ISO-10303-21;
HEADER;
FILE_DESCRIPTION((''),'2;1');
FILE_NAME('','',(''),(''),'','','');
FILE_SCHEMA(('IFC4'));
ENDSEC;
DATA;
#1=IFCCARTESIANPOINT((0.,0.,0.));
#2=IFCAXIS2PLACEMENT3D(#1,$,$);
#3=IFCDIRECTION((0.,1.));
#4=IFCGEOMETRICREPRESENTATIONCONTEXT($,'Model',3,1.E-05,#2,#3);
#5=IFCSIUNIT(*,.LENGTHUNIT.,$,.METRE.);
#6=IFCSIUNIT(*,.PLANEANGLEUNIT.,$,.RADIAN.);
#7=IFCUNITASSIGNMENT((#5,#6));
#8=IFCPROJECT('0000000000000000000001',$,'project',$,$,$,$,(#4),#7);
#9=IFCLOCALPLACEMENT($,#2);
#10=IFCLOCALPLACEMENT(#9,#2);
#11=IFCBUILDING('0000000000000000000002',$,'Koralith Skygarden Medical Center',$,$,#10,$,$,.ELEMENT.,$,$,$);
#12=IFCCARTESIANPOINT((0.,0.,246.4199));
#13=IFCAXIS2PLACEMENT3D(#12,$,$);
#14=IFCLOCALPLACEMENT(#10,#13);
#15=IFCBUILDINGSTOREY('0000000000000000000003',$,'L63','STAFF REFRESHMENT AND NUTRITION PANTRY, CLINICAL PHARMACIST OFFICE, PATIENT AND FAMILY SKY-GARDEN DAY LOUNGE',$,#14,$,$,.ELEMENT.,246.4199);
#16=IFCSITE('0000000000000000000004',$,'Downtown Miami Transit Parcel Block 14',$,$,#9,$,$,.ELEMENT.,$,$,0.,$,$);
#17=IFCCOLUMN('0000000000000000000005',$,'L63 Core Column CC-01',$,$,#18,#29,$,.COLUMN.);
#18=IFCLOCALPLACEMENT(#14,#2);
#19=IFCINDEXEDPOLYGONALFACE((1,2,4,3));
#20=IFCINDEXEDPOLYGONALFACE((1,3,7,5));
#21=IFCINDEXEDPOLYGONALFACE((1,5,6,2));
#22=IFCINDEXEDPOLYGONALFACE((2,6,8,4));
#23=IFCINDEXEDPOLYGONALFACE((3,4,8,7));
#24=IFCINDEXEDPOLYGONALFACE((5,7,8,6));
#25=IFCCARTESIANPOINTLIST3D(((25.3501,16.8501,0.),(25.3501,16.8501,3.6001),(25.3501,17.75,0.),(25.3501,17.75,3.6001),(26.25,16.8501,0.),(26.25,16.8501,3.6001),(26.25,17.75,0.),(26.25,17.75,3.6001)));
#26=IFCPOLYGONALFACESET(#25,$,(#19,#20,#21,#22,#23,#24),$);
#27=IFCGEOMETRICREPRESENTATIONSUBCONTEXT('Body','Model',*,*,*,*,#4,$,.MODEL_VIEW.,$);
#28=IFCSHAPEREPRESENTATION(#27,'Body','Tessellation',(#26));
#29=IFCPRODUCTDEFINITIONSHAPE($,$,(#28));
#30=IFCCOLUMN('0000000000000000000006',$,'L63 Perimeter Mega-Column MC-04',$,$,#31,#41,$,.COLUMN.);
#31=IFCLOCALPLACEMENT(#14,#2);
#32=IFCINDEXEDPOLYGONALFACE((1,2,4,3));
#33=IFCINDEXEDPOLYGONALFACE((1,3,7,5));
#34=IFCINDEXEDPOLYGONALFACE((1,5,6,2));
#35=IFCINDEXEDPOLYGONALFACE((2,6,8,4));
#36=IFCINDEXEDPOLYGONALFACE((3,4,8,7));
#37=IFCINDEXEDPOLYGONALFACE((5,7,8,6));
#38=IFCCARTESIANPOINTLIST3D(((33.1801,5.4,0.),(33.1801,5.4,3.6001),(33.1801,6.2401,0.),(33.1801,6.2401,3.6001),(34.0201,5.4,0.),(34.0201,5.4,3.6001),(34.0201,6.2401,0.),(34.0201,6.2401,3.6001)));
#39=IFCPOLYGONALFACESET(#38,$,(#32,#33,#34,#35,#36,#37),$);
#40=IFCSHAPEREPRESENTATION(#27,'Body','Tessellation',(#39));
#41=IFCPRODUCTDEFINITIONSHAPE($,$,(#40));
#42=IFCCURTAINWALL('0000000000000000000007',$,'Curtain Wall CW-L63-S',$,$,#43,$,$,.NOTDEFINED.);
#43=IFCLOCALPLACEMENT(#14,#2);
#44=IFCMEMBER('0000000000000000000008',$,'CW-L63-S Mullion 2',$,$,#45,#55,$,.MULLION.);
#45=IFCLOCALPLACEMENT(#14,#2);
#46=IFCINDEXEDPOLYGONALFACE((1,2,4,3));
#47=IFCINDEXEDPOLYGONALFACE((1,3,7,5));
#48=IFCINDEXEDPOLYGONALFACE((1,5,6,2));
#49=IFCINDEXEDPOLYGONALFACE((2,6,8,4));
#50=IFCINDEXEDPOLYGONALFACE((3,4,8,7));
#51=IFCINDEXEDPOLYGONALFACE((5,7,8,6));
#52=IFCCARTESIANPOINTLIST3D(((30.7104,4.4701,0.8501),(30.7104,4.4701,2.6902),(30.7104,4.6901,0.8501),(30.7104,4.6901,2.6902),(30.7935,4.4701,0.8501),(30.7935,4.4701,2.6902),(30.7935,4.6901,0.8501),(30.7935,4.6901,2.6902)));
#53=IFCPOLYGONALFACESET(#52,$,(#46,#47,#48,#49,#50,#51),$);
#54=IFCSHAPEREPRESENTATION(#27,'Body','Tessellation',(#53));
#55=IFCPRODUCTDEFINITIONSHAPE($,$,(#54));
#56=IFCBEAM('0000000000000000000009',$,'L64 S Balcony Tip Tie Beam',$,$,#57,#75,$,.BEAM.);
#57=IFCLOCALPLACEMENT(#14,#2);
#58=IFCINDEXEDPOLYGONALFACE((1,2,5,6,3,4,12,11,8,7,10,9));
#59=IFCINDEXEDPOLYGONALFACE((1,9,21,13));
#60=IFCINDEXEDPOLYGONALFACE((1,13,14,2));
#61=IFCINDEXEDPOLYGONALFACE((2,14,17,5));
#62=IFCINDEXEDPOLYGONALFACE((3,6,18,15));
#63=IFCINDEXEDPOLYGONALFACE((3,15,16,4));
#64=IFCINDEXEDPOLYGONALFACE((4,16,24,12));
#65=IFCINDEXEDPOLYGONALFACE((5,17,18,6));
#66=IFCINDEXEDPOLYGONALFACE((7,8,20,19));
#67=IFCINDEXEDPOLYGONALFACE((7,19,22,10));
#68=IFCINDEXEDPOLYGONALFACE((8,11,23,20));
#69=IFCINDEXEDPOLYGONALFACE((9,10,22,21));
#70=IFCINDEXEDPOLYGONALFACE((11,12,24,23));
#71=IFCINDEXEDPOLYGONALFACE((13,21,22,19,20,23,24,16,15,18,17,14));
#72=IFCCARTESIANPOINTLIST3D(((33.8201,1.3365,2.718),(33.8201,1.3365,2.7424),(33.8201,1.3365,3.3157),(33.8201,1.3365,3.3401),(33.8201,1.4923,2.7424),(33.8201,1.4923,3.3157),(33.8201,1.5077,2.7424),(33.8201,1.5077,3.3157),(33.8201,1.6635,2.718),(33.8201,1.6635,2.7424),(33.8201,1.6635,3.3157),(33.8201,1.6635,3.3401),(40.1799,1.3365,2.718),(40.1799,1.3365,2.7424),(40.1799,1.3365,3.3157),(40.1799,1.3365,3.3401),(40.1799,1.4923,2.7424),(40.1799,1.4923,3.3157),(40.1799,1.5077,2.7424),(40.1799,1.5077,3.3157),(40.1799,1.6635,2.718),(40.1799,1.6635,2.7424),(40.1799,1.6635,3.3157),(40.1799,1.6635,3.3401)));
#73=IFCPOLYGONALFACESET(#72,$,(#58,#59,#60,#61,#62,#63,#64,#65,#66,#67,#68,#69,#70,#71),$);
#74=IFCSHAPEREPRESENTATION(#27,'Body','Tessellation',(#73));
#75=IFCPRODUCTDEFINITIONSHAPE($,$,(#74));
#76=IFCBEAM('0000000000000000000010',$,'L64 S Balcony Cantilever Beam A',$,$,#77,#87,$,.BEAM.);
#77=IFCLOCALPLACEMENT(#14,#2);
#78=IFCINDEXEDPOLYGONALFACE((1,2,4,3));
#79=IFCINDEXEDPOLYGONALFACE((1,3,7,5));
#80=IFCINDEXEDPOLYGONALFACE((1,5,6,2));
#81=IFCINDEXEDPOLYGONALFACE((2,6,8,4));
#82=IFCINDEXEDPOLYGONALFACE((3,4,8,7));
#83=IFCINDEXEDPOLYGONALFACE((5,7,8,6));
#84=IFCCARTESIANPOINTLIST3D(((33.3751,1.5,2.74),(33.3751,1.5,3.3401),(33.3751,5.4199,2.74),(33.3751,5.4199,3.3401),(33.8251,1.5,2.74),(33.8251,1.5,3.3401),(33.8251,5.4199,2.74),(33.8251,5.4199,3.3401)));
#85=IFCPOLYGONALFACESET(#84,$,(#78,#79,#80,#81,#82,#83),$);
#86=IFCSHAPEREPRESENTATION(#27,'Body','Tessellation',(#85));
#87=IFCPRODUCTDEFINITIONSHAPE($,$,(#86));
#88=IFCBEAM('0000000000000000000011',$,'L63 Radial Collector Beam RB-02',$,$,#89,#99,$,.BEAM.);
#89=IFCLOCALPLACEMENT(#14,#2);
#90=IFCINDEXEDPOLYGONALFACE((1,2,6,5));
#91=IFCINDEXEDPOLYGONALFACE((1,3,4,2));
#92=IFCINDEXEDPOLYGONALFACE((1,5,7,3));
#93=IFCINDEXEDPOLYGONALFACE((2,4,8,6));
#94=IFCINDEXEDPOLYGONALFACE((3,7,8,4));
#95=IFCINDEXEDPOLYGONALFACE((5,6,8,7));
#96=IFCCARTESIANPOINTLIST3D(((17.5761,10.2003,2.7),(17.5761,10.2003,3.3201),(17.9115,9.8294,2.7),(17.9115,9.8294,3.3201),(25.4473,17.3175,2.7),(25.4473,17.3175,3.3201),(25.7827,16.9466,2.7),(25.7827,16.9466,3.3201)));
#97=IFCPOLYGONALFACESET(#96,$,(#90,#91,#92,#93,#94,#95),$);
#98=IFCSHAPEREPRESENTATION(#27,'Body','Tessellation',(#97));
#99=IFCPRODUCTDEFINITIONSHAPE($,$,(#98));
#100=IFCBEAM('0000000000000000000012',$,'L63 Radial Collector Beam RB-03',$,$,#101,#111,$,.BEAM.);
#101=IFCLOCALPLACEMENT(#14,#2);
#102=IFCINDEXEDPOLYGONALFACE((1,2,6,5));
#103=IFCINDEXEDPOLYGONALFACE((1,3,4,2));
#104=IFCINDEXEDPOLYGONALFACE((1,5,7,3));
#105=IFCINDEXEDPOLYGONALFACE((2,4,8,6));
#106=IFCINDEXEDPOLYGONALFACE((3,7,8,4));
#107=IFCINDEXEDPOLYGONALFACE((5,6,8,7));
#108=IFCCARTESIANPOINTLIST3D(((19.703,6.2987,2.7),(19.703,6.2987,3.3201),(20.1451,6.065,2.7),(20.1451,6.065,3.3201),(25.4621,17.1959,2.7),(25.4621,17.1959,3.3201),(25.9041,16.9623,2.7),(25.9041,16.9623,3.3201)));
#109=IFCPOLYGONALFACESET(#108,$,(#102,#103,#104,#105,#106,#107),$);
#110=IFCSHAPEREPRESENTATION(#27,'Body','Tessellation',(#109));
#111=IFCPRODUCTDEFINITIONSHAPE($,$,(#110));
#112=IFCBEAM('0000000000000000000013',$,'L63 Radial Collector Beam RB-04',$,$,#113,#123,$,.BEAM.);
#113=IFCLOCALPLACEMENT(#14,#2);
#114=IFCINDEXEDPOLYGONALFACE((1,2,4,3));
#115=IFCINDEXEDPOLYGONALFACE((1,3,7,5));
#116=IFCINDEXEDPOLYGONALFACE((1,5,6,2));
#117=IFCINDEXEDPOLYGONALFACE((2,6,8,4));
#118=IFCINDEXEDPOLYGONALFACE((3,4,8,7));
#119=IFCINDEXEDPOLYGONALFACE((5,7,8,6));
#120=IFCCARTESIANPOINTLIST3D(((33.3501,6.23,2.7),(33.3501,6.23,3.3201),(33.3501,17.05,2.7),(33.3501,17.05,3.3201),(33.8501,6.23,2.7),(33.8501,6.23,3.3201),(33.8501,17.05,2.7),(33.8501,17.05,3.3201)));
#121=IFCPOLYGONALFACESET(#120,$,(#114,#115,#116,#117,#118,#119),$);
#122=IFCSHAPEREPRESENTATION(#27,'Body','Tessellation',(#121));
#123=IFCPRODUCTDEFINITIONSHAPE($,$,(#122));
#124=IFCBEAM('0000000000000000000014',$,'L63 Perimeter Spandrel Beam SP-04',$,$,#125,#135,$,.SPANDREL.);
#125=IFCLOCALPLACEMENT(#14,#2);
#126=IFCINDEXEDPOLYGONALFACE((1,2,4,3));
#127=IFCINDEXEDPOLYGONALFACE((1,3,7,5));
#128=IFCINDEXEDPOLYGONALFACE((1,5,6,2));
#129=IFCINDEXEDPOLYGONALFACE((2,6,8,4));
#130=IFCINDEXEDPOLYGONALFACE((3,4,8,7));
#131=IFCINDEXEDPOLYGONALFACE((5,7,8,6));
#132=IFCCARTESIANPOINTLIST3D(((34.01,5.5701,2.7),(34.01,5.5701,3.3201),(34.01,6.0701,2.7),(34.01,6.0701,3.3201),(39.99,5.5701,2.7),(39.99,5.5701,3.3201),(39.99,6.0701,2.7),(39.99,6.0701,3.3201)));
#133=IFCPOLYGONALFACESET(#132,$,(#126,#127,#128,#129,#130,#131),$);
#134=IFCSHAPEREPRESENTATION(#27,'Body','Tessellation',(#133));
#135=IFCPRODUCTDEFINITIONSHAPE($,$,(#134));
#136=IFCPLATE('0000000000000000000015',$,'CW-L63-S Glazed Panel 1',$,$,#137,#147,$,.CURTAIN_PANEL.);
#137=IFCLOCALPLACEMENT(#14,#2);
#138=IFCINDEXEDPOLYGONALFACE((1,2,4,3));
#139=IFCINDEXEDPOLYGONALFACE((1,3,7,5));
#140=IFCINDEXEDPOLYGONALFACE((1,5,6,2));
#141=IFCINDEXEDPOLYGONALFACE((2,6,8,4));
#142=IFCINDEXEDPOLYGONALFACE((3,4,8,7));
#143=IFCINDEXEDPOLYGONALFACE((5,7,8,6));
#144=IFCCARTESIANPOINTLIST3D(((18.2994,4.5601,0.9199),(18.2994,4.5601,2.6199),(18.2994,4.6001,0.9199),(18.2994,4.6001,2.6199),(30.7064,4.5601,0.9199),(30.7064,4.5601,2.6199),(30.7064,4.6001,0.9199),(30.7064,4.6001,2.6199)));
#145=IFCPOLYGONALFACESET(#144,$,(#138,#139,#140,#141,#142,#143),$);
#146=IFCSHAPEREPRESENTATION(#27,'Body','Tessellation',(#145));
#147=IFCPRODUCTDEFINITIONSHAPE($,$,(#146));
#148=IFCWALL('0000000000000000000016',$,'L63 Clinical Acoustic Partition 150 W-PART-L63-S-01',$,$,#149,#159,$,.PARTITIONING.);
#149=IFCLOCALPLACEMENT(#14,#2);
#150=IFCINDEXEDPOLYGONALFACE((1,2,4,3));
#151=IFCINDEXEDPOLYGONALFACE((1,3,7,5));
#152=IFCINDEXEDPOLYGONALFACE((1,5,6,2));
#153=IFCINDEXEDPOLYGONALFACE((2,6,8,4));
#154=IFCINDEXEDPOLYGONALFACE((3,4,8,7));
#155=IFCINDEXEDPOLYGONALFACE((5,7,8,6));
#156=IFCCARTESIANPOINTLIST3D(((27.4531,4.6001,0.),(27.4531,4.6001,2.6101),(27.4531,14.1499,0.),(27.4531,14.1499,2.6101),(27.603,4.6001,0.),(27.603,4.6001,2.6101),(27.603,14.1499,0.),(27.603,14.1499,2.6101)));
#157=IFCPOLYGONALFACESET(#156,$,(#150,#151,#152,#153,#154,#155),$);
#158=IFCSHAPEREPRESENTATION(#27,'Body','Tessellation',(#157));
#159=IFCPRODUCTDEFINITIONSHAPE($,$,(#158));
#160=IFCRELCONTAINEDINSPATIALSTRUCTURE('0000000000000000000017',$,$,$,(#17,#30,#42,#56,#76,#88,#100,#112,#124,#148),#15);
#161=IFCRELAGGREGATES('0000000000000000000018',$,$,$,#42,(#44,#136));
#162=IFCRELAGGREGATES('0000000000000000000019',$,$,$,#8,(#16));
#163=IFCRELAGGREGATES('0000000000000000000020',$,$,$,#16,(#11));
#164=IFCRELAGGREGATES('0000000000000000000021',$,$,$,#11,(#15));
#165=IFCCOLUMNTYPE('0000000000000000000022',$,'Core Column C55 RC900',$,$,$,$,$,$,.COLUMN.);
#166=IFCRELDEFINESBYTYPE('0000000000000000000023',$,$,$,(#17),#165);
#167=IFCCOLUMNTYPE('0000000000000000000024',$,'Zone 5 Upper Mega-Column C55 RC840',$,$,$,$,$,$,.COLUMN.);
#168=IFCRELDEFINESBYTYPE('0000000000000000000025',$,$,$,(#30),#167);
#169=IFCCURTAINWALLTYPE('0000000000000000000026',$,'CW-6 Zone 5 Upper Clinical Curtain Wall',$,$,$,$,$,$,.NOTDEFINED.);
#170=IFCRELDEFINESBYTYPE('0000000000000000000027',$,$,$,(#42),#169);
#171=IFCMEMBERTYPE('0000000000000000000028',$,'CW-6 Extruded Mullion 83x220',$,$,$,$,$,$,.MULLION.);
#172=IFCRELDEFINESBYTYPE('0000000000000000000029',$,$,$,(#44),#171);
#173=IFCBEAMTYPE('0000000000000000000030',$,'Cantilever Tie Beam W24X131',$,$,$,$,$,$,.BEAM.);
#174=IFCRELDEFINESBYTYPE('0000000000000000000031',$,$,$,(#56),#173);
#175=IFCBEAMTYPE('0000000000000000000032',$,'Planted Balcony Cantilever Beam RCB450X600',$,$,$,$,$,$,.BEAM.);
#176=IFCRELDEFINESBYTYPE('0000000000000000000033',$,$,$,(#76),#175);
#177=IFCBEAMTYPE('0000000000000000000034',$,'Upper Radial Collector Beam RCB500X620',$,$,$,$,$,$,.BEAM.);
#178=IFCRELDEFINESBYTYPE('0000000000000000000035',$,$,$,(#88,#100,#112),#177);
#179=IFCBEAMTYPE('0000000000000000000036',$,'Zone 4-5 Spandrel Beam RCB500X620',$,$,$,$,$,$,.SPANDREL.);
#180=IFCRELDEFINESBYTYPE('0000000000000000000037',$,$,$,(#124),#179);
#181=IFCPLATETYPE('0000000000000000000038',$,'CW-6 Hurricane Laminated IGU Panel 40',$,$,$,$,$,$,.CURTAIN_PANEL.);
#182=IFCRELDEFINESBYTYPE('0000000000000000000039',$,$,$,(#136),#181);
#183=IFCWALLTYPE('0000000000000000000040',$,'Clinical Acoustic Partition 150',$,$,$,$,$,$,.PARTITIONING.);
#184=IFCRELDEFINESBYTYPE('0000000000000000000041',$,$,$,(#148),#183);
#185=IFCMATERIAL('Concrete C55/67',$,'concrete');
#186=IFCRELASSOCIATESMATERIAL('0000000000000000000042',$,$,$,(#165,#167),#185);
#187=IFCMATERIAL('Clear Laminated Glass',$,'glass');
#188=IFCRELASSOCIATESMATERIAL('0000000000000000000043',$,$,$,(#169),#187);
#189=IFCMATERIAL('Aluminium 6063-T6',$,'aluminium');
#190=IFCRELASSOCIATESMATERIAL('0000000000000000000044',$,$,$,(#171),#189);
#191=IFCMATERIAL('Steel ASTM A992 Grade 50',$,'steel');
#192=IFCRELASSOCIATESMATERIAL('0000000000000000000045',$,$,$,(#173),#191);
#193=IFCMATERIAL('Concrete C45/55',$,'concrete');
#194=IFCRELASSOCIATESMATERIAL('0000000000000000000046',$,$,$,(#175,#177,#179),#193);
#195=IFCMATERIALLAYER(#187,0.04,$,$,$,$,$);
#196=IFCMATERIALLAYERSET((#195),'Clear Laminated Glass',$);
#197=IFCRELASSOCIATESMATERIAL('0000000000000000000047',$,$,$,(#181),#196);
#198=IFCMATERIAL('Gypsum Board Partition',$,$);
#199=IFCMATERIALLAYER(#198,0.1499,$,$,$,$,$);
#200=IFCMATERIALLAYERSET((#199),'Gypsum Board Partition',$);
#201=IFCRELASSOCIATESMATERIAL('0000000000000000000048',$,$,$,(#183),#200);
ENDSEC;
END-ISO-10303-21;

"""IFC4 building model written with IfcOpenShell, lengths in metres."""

from ifc_helpers import new_model, si_unit, direction, frame, frame_2d, origin, origin_2d, place, context, subcontext, project, spatial, rectangle, i_section, extrude, material, layer, layer_set, material_profile, profile_set, type_object, element, aggregate, save


model = new_model("IFC4")

# Units and contexts
model_context = context("Model", 3, precision=1e-05, world=origin(), true_north=direction((0.0, 1.0)))
body_context = subcontext(model_context, "Body", "Model", "MODEL_VIEW")
ifc_project = project(units=[si_unit("LENGTHUNIT", "METRE"), si_unit("PLANEANGLEUNIT", "RADIAN")], contexts=[model_context])

# Site, building, storey
site_placement = place(None, origin())
site = spatial("IfcSite", under=ifc_project, at=site_placement, Name="Downtown Miami Transit Parcel Block 14", CompositionType="ELEMENT", RefElevation=0.0)
building_placement = place(site_placement, origin())
building = spatial("IfcBuilding", under=site, at=building_placement, Name="Koralith Skygarden Medical Center", CompositionType="ELEMENT")
storey_placement = place(building_placement, frame((0.0, 0.0, 246.4199)))
storey = spatial("IfcBuildingStorey", under=building, at=storey_placement, Name="L63", Description="STAFF REFRESHMENT AND NUTRITION PANTRY, CLINICAL PHARMACIST OFFICE, PATIENT AND FAMILY SKY-GARDEN DAY LOUNGE", CompositionType="ELEMENT", Elevation=246.4199)

# Columns
ifc_material_1 = material(Name="Concrete C55/67", Category="concrete")
ifc_material_profile_1 = material_profile(ifc_material_1, rectangle(XDim=0.8999, YDim=0.8999, at=origin_2d()), Name="RC900X900")
ifc_profile_set_1 = profile_set([ifc_material_profile_1], Name="Concrete C55/67")
column_type_1 = type_object("IfcColumnType", Name="Core Column C55 RC900", PredefinedType="COLUMN", material=ifc_profile_set_1)
column_1_placement = place(storey_placement, frame((25.8, 17.3, 0.0), z_axis=(0.0, 0.0, 1.0), x_axis=(1.0, 0.0, 0.0)))
element("IfcColumn", 1, at=column_1_placement, inside=storey, type_object=column_type_1, Name="L63 Core Column CC-01", PredefinedType="COLUMN", context=body_context, shape_type="SweptSolid", body=[
    extrude(rectangle(XDim=0.8999, YDim=0.8999, at=origin_2d()), origin(), (0.0, 0.0, 1.0), 3.6001),
])
ifc_material_profile_2 = material_profile(ifc_material_1, rectangle(XDim=0.8401, YDim=0.8401, at=origin_2d()), Name="RC840X840")
ifc_profile_set_2 = profile_set([ifc_material_profile_2], Name="Concrete C55/67")
column_type_2 = type_object("IfcColumnType", Name="Zone 5 Upper Mega-Column C55 RC840", PredefinedType="COLUMN", material=ifc_profile_set_2)
column_2_placement = place(storey_placement, frame((33.6001, 5.8201, 0.0), z_axis=(0.0, 0.0, 1.0), x_axis=(1.0, 0.0, 0.0)))
element("IfcColumn", 2, at=column_2_placement, inside=storey, type_object=column_type_2, Name="L63 Perimeter Mega-Column MC-04", PredefinedType="COLUMN", context=body_context, shape_type="SweptSolid", body=[
    extrude(rectangle(XDim=0.8401, YDim=0.8401, at=origin_2d()), origin(), (0.0, 0.0, 1.0), 3.6001),
])

# Curtain wall, member
ifc_material_2 = material(Name="Clear Laminated Glass", Category="glass")
curtain_wall_type = type_object("IfcCurtainWallType", Name="CW-6 Zone 5 Upper Clinical Curtain Wall", PredefinedType="NOTDEFINED", material=ifc_material_2)
curtain_wall_placement = place(storey_placement, origin())
curtain_wall = element("IfcCurtainWall", 3, at=curtain_wall_placement, inside=storey, type_object=curtain_wall_type, Name="Curtain Wall CW-L63-S", PredefinedType="NOTDEFINED")
ifc_material_3 = material(Name="Aluminium 6063-T6", Category="aluminium")
ifc_material_profile_3 = material_profile(ifc_material_3, rectangle(XDim=0.083, YDim=0.22, at=origin_2d()), Name="MUL83X220")
ifc_profile_set_3 = profile_set([ifc_material_profile_3], Name="Aluminium 6063-T6")
member_type = type_object("IfcMemberType", Name="CW-6 Extruded Mullion 83x220", PredefinedType="MULLION", material=ifc_profile_set_3)
member_placement = place(storey_placement, frame((30.752, 4.5801, 0.8501), z_axis=(0.0, 0.0, 1.0), x_axis=(1.0, 0.0, 0.0)))
member = element("IfcMember", 4, at=member_placement, type_object=member_type, Name="CW-L63-S Mullion 2", PredefinedType="MULLION", context=body_context, shape_type="SweptSolid", body=[
    extrude(rectangle(XDim=0.083, YDim=0.22, at=origin_2d()), origin(), (0.0, 0.0, 1.0), 1.8401),
])

# Beams
ifc_material_4 = material(Name="Steel ASTM A992 Grade 50", Category="steel")
ifc_material_profile_4 = material_profile(ifc_material_4, i_section(OverallWidth=0.3269, OverallDepth=0.6221, WebThickness=0.0154, FlangeThickness=0.0244, at=origin_2d()), Name="W24X131")
ifc_profile_set_4 = profile_set([ifc_material_profile_4], Name="Steel ASTM A992 Grade 50")
beam_type_1 = type_object("IfcBeamType", Name="Cantilever Tie Beam W24X131", PredefinedType="BEAM", material=ifc_profile_set_4)
beam_1_placement = place(storey_placement, frame((33.8201, 1.5, 3.0291), z_axis=(1.0, 0.0, 0.0), x_axis=(0.0, 1.0, 0.0)))
element("IfcBeam", 5, at=beam_1_placement, inside=storey, type_object=beam_type_1, Name="L64 S Balcony Tip Tie Beam", PredefinedType="BEAM", context=body_context, shape_type="SweptSolid", body=[
    extrude(i_section(OverallWidth=0.3269, OverallDepth=0.6221, WebThickness=0.0154, FlangeThickness=0.0244, at=origin_2d()), origin(), (0.0, 0.0, 1.0), 6.3599),
])
ifc_material_5 = material(Name="Concrete C45/55", Category="concrete")
ifc_material_profile_5 = material_profile(ifc_material_5, rectangle(XDim=0.45, YDim=0.6001, at=origin_2d()), Name="RCB450X600")
ifc_profile_set_5 = profile_set([ifc_material_profile_5], Name="Concrete C45/55")
beam_type_2 = type_object("IfcBeamType", Name="Planted Balcony Cantilever Beam RCB450X600", PredefinedType="BEAM", material=ifc_profile_set_5)
beam_2_placement = place(storey_placement, frame((33.6001, 5.4199, 3.04), z_axis=(0.0, -1.0, 0.0), x_axis=(1.0, 0.0, 0.0)))
element("IfcBeam", 6, at=beam_2_placement, inside=storey, type_object=beam_type_2, Name="L64 S Balcony Cantilever Beam A", PredefinedType="BEAM", context=body_context, shape_type="SweptSolid", body=[
    extrude(rectangle(XDim=0.45, YDim=0.6001, at=origin_2d()), origin(), (0.0, 0.0, 1.0), 3.9199),
])
ifc_material_profile_6 = material_profile(ifc_material_5, rectangle(XDim=0.5, YDim=0.6201, at=origin_2d()), Name="RCB500X620")
ifc_profile_set_6 = profile_set([ifc_material_profile_6], Name="Concrete C45/55")
beam_type_3 = type_object("IfcBeamType", Name="Upper Radial Collector Beam RCB500X620", PredefinedType="BEAM", material=ifc_profile_set_6)
beam_3_placement = place(storey_placement, frame((25.615, 17.1321, 3.01), z_axis=(-0.741736, -0.670692, 0.0), x_axis=(0.670692, -0.741736, 0.0)))
element("IfcBeam", 7, at=beam_3_placement, inside=storey, type_object=beam_type_3, Name="L63 Radial Collector Beam RB-02", PredefinedType="BEAM", context=body_context, shape_type="SweptSolid", body=[
    extrude(rectangle(XDim=0.5, YDim=0.6201, at=origin_2d()), origin(), (0.0, 0.0, 1.0), 10.6118),
])
beam_4_placement = place(storey_placement, frame((25.6831, 17.0791, 3.01), z_axis=(-0.467249, -0.884126, 0.0), x_axis=(0.884126, -0.467249, 0.0)))
element("IfcBeam", 8, at=beam_4_placement, inside=storey, type_object=beam_type_3, Name="L63 Radial Collector Beam RB-03", PredefinedType="BEAM", context=body_context, shape_type="SweptSolid", body=[
    extrude(rectangle(XDim=0.5, YDim=0.6201, at=origin_2d()), origin(), (0.0, 0.0, 1.0), 12.3254),
])
beam_5_placement = place(storey_placement, frame((33.6001, 17.05, 3.01), z_axis=(0.0, -1.0, 0.0), x_axis=(1.0, 0.0, 0.0)))
element("IfcBeam", 9, at=beam_5_placement, inside=storey, type_object=beam_type_3, Name="L63 Radial Collector Beam RB-04", PredefinedType="BEAM", context=body_context, shape_type="SweptSolid", body=[
    extrude(rectangle(XDim=0.5, YDim=0.6201, at=origin_2d()), origin(), (0.0, 0.0, 1.0), 10.8201),
])
ifc_material_profile_7 = material_profile(ifc_material_5, rectangle(XDim=0.5, YDim=0.6201, at=origin_2d()), Name="RCB500X620")
ifc_profile_set_7 = profile_set([ifc_material_profile_7], Name="Concrete C45/55")
beam_type_4 = type_object("IfcBeamType", Name="Zone 4-5 Spandrel Beam RCB500X620", PredefinedType="SPANDREL", material=ifc_profile_set_7)
beam_6_placement = place(storey_placement, frame((34.01, 5.8201, 3.01), z_axis=(1.0, 0.0, 0.0), x_axis=(0.0, 1.0, 0.0)))
element("IfcBeam", 10, at=beam_6_placement, inside=storey, type_object=beam_type_4, Name="L63 Perimeter Spandrel Beam SP-04", PredefinedType="SPANDREL", context=body_context, shape_type="SweptSolid", body=[
    extrude(rectangle(XDim=0.5, YDim=0.6201, at=origin_2d()), origin(), (0.0, 0.0, 1.0), 5.98),
])

# Plate
ifc_layer_1 = layer(ifc_material_2, 0.04)
ifc_layer_set_1 = layer_set([ifc_layer_1], Name="Clear Laminated Glass")
plate_type = type_object("IfcPlateType", Name="CW-6 Hurricane Laminated IGU Panel 40", PredefinedType="CURTAIN_PANEL", material=ifc_layer_set_1)
plate_placement = place(storey_placement, frame((24.5029, 4.5801, 0.9199), z_axis=(0.0, 0.0, 1.0), x_axis=(1.0, 0.0, 0.0)))
plate = element("IfcPlate", 11, at=plate_placement, type_object=plate_type, Name="CW-L63-S Glazed Panel 1", PredefinedType="CURTAIN_PANEL", context=body_context, shape_type="SweptSolid", body=[
    extrude(rectangle(XDim=12.407, YDim=0.04, at=origin_2d()), origin(), (0.0, 0.0, 1.0), 1.7),
])
aggregate(curtain_wall, [member, plate])

# Wall
ifc_material_6 = material(Name="Gypsum Board Partition")
ifc_layer_2 = layer(ifc_material_6, 0.1499)
ifc_layer_set_2 = layer_set([ifc_layer_2], Name="Gypsum Board Partition")
wall_type_1 = type_object("IfcWallType", Name="Clinical Acoustic Partition 150", PredefinedType="PARTITIONING", material=ifc_layer_set_2)
wall_1_placement = place(storey_placement, frame((27.5281, 14.1499, 0.0), z_axis=(0.0, 0.0, 1.0), x_axis=(0.0, -1.0, 0.0)))
element("IfcWall", 12, at=wall_1_placement, inside=storey, type_object=wall_type_1, Name="L63 Clinical Acoustic Partition 150 W-PART-L63-S-01", PredefinedType="PARTITIONING", context=body_context, shape_type="SweptSolid", body=[
    extrude(rectangle(XDim=9.5498, YDim=0.1499, at=frame_2d((4.7749, 0.0))), origin(), (0.0, 0.0, 1.0), 2.6101),
])

save(model, "model.ifc")
